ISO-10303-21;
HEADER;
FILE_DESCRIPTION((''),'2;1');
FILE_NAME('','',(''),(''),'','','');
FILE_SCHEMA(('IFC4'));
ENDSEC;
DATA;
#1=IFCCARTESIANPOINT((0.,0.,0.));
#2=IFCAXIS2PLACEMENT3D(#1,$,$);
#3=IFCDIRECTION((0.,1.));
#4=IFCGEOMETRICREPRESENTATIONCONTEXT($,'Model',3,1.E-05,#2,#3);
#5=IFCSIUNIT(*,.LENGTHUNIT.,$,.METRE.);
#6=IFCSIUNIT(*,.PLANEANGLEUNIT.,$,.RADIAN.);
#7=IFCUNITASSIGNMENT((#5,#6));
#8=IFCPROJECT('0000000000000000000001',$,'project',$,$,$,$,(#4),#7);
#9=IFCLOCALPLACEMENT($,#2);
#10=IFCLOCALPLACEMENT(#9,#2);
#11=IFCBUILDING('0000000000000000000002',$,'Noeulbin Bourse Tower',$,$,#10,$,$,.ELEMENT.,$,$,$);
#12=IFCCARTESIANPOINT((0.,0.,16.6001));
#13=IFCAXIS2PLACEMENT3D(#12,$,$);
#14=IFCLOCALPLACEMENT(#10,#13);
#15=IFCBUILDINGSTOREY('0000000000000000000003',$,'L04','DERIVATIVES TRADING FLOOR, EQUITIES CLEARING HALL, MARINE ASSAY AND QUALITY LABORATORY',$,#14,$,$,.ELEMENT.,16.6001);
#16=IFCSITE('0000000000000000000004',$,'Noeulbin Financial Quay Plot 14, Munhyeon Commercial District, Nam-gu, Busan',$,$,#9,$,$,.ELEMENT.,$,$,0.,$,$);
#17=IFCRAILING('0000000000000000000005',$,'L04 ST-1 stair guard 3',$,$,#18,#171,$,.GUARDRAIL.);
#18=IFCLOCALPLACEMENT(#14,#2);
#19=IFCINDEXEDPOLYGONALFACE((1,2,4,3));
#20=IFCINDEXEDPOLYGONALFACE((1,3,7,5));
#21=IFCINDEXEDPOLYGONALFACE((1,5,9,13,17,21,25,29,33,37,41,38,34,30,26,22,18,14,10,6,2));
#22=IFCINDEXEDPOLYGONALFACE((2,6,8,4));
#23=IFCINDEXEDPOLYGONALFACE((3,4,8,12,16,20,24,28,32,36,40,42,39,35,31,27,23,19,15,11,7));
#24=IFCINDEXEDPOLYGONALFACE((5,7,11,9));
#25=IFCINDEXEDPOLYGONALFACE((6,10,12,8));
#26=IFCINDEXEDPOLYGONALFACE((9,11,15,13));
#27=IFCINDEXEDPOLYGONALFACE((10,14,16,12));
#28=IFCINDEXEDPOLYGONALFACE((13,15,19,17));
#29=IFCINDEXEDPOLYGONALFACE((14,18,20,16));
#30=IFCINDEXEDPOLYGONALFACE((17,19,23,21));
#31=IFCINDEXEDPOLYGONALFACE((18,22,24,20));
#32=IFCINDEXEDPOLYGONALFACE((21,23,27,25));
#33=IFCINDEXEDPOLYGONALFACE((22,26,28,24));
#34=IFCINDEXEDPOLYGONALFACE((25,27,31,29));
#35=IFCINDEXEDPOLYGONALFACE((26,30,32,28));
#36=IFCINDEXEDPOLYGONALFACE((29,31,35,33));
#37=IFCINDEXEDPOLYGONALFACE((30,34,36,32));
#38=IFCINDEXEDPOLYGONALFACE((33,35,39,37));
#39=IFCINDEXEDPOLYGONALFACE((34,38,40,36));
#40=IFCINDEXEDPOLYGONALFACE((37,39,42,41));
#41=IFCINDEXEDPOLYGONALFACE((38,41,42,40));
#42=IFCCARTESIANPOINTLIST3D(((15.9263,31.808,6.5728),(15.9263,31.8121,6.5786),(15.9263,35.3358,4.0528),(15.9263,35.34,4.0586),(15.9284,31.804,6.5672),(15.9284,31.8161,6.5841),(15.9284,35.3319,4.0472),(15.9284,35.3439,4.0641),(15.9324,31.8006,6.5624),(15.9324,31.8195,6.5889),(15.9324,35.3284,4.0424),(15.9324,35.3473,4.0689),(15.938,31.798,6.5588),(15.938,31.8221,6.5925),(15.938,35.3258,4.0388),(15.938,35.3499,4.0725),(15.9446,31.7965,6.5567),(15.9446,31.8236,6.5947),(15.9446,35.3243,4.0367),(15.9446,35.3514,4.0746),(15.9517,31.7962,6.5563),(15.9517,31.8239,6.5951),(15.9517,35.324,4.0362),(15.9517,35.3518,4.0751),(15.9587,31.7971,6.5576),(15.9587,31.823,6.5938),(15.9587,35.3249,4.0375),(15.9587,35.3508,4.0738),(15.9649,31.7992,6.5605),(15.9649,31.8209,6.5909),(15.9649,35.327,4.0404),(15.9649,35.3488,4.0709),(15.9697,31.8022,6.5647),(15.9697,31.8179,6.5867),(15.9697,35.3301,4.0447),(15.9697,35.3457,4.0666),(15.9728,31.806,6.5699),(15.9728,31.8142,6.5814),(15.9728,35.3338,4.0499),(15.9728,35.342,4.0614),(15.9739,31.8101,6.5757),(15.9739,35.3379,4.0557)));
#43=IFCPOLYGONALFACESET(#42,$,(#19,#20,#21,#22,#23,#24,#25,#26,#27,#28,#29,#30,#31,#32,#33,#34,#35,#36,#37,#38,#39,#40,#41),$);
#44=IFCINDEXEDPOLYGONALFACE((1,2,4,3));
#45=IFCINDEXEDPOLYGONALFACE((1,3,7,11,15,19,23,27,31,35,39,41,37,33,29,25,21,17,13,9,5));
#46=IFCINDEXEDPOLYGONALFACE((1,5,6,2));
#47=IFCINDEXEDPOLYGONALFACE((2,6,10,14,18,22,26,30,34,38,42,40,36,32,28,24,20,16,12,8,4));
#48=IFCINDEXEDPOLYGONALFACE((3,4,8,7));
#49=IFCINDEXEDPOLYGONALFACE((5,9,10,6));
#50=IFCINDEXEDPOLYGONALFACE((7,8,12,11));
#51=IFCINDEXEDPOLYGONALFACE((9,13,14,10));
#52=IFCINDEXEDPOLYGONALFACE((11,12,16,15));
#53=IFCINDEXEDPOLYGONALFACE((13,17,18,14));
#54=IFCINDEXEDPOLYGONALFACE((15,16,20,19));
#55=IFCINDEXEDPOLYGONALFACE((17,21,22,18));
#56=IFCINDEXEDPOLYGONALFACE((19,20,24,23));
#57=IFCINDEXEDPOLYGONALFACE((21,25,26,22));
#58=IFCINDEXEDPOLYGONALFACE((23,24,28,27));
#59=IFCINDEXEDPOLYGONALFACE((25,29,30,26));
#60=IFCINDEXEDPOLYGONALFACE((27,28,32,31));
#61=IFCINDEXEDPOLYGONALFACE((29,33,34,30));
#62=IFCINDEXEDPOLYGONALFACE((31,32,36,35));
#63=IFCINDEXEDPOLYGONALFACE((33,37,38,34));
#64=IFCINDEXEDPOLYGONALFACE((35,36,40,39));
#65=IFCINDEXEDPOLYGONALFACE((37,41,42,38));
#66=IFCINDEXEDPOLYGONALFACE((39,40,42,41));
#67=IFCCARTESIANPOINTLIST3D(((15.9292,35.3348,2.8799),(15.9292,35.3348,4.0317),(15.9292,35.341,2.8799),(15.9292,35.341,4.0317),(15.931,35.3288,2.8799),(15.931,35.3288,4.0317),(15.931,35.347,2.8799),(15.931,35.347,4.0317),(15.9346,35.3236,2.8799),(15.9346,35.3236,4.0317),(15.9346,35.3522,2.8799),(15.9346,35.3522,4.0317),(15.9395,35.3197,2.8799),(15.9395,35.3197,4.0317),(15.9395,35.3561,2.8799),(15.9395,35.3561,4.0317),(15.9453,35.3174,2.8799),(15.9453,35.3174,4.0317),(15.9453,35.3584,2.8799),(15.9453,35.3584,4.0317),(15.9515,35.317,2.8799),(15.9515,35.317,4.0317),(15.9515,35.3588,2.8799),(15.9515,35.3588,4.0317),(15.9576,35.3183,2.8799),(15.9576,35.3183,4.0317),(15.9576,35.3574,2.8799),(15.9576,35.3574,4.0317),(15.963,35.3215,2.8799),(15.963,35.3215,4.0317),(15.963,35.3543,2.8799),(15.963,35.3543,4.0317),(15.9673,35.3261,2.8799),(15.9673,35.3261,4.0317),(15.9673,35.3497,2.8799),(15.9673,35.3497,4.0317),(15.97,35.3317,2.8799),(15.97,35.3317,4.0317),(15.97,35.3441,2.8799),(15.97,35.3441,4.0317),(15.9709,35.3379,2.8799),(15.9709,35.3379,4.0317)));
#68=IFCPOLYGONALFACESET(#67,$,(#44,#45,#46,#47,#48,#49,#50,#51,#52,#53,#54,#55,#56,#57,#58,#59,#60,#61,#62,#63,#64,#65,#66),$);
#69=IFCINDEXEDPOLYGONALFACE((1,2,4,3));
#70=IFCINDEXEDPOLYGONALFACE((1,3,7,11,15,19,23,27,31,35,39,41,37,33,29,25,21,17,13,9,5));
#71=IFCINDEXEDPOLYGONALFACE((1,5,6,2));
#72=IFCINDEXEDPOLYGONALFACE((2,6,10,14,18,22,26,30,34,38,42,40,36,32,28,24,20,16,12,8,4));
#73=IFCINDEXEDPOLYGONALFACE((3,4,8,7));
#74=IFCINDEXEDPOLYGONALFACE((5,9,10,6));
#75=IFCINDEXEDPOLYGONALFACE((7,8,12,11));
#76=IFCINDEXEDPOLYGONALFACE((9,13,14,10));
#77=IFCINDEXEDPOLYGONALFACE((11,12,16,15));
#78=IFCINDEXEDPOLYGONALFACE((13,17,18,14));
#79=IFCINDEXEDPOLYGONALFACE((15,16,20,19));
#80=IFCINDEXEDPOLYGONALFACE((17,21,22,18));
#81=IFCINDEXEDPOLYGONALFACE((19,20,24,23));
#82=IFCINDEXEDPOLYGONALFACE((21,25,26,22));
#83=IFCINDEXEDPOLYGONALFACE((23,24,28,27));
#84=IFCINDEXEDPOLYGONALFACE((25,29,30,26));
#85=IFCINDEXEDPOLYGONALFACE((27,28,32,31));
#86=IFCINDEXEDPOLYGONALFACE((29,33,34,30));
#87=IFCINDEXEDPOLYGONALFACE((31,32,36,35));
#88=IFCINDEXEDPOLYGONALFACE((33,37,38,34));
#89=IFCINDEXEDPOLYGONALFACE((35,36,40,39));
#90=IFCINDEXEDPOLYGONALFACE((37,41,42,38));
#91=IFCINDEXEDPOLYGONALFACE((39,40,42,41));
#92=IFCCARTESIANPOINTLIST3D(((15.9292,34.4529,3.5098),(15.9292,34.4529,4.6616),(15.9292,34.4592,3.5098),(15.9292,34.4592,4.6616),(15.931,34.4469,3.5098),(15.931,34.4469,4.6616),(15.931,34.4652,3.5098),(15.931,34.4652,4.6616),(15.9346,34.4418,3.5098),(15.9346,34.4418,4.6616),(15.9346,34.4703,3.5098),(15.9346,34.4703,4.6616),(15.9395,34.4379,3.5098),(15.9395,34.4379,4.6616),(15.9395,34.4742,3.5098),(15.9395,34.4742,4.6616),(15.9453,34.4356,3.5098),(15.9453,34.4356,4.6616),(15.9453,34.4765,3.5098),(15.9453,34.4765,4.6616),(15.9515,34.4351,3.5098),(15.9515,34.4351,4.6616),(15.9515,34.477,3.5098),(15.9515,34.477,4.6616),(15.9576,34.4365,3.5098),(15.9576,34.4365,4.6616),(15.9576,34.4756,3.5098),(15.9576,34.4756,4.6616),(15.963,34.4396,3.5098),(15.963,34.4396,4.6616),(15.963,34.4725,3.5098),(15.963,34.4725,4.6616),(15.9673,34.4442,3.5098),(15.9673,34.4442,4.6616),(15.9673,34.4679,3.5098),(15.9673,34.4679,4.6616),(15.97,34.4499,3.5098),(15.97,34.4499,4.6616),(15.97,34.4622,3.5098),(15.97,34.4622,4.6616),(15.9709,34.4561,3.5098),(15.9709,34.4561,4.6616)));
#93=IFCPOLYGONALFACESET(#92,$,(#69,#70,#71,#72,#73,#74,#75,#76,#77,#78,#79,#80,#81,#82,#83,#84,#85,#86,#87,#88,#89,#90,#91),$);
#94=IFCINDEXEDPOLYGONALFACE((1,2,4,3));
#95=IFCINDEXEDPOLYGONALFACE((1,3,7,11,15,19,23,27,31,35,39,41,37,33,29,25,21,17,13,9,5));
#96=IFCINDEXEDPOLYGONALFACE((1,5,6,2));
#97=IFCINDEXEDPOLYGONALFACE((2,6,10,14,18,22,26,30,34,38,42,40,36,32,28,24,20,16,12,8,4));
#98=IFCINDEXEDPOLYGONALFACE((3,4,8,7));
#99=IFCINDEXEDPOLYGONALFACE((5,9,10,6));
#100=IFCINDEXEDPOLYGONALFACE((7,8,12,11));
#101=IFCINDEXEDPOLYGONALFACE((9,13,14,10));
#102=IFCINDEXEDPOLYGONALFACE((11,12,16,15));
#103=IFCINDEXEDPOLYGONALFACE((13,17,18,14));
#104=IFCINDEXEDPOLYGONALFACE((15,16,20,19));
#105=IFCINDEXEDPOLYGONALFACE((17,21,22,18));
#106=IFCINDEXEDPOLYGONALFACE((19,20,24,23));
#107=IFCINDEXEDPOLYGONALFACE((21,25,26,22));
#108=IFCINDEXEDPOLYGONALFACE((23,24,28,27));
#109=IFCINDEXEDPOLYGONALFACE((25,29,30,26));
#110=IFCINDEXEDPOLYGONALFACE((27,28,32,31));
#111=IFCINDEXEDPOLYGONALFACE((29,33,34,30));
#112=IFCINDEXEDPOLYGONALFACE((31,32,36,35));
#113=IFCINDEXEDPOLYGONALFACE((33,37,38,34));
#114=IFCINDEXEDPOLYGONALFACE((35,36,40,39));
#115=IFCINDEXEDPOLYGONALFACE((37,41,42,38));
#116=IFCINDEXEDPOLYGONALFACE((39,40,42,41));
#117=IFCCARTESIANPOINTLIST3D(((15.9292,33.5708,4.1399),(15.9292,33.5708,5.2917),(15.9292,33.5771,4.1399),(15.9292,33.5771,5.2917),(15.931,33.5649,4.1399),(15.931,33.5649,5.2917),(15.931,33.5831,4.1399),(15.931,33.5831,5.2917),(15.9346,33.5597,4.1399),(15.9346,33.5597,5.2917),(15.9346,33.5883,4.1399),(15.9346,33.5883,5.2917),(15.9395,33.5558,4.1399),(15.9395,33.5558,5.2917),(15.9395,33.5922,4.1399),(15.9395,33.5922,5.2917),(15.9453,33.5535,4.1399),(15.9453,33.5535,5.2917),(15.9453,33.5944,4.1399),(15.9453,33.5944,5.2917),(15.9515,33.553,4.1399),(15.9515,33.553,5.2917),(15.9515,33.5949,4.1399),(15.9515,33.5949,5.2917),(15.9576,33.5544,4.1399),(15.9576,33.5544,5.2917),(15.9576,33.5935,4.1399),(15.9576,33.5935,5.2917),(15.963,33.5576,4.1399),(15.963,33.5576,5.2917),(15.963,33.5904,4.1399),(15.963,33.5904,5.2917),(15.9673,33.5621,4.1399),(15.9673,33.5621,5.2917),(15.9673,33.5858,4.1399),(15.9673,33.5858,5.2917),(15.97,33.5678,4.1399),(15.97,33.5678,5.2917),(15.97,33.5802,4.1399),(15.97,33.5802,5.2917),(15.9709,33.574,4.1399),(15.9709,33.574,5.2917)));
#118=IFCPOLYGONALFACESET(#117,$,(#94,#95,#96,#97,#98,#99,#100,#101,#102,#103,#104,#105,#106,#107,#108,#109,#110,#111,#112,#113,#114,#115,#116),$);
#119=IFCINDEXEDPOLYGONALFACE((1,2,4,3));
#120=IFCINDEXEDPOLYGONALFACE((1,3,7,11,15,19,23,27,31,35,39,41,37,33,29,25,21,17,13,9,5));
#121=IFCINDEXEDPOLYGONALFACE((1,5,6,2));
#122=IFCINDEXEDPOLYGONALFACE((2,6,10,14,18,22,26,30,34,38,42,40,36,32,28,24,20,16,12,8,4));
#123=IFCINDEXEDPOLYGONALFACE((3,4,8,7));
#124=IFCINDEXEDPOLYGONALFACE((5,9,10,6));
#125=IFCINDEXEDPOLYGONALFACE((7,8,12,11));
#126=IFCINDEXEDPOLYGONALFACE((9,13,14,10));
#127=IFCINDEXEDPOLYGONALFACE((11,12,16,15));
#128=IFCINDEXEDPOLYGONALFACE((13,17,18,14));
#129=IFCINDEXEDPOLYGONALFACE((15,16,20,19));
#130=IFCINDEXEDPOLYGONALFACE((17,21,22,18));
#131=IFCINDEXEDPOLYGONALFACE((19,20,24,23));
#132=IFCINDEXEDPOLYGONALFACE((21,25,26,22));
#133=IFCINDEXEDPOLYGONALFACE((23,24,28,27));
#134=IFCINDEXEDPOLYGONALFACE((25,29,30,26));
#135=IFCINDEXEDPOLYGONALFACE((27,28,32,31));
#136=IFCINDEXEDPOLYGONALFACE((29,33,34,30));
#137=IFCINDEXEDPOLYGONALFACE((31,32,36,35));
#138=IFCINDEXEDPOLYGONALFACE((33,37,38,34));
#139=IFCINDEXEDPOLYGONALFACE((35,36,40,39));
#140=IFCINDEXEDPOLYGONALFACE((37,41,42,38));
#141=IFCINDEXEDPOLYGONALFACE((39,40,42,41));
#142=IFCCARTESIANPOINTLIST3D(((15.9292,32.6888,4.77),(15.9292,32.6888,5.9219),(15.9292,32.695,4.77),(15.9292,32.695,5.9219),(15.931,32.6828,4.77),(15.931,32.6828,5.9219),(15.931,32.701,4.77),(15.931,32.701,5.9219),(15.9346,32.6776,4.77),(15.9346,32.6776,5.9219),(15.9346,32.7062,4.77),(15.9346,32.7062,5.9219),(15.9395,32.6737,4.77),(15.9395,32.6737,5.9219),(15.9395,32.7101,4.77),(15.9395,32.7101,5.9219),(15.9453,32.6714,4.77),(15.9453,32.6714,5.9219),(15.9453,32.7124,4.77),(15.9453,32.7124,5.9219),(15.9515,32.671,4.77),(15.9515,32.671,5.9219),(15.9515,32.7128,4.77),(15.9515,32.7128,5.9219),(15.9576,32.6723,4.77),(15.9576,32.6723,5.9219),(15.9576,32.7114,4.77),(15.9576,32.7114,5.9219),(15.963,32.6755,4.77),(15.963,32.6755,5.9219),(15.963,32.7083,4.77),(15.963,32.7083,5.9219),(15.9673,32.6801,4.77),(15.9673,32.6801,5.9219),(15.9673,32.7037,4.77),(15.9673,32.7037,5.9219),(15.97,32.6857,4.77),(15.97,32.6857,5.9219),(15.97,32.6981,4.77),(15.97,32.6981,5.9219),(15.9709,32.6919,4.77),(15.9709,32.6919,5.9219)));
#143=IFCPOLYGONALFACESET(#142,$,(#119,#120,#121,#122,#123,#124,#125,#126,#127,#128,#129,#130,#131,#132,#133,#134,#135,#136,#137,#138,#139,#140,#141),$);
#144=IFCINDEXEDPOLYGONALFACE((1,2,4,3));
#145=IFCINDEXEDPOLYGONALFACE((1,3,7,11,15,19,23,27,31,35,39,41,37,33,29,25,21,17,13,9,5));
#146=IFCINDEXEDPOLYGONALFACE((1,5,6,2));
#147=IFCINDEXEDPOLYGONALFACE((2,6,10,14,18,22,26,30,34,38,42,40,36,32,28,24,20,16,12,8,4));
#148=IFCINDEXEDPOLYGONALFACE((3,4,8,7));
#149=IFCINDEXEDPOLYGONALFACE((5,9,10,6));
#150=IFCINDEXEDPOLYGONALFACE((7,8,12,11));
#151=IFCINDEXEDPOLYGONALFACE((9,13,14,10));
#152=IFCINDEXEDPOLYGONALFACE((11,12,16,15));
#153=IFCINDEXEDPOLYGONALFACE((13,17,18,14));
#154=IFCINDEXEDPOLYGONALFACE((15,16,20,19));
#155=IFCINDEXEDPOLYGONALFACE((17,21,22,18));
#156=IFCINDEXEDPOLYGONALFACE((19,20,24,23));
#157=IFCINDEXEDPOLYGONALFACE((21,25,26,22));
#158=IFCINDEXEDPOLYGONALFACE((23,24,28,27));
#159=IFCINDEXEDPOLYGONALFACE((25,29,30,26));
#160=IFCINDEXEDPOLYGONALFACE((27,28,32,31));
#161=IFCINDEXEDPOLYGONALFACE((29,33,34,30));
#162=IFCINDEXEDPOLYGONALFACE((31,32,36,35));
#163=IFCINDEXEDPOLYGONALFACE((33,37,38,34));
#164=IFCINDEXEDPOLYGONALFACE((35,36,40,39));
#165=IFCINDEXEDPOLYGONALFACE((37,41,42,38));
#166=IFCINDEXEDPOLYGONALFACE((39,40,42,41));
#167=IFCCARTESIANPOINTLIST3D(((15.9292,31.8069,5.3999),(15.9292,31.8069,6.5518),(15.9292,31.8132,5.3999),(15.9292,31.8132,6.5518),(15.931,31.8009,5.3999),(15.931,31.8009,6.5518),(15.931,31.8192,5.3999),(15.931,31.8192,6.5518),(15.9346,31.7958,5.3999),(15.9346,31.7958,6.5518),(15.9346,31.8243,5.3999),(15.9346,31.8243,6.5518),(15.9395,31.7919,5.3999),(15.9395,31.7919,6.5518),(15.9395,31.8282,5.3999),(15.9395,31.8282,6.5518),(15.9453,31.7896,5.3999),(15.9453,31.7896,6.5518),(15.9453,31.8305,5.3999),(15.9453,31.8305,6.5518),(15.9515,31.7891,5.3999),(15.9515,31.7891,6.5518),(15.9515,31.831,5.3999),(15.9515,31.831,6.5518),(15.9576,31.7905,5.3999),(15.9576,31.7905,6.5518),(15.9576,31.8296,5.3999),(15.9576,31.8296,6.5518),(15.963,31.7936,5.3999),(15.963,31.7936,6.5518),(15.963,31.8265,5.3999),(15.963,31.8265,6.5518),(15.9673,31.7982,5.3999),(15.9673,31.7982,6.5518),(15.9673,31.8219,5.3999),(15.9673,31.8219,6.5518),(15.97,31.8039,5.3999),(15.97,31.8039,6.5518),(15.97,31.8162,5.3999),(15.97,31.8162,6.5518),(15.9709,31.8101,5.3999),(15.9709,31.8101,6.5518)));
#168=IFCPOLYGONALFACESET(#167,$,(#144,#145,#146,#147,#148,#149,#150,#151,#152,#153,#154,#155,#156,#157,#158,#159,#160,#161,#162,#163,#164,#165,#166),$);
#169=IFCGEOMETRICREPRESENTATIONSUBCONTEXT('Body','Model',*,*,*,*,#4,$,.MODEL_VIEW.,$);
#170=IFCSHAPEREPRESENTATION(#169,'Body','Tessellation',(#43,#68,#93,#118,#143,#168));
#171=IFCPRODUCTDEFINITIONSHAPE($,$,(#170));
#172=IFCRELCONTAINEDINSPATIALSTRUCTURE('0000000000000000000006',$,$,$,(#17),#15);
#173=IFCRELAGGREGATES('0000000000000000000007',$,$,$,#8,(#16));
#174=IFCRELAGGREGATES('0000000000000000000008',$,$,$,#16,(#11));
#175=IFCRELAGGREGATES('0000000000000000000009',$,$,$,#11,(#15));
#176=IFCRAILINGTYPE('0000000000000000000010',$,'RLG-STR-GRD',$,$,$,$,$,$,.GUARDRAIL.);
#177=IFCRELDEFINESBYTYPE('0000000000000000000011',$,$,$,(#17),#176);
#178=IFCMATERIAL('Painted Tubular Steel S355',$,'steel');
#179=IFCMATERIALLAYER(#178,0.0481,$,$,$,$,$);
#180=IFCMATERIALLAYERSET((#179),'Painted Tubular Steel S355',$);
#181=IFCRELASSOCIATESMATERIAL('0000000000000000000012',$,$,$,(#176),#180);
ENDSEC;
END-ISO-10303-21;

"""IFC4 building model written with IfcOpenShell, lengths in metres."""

from ifc_helpers import new_model, si_unit, direction, frame, origin, origin_2d, place, context, subcontext, project, spatial, circle, extrude, material, layer, layer_set, type_object, element, save


model = new_model("IFC4")

# Units and contexts
model_context = context("Model", 3, precision=1e-05, world=origin(), true_north=direction((0.0, 1.0)))
body_context = subcontext(model_context, "Body", "Model", "MODEL_VIEW")
ifc_project = project(units=[si_unit("LENGTHUNIT", "METRE"), si_unit("PLANEANGLEUNIT", "RADIAN")], contexts=[model_context])

# Site, building, storey
site_placement = place(None, origin())
site = spatial("IfcSite", under=ifc_project, at=site_placement, Name="Noeulbin Financial Quay Plot 14, Munhyeon Commercial District, Nam-gu, Busan", CompositionType="ELEMENT", RefElevation=0.0)
building_placement = place(site_placement, origin())
building = spatial("IfcBuilding", under=site, at=building_placement, Name="Noeulbin Bourse Tower", CompositionType="ELEMENT")
storey_placement = place(building_placement, frame((0.0, 0.0, 16.6001)))
storey = spatial("IfcBuildingStorey", under=building, at=storey_placement, Name="L04", Description="DERIVATIVES TRADING FLOOR, EQUITIES CLEARING HALL, MARINE ASSAY AND QUALITY LABORATORY", CompositionType="ELEMENT", Elevation=16.6001)

# Railing
ifc_material_1 = material(Name="Painted Tubular Steel S355", Category="steel")
ifc_layer_1 = layer(ifc_material_1, 0.0481)
ifc_layer_set_1 = layer_set([ifc_layer_1], Name="Painted Tubular Steel S355")
railing_type_1 = type_object("IfcRailingType", Name="RLG-STR-GRD", PredefinedType="GUARDRAIL", material=ifc_layer_set_1)
railing_1_placement = place(storey_placement, frame((15.95, 35.3379, 2.8799)))
element("IfcRailing", 1, at=railing_1_placement, inside=storey, type_object=railing_type_1, Name="L04 ST-1 stair guard 3", PredefinedType="GUARDRAIL", context=body_context, shape_type="SweptSolid", body=[
    extrude(circle(Radius=0.0239, at=origin_2d()), frame((0.0, 0.0, 1.1758), z_axis=(0.0, -0.813718, 0.58126), x_axis=(1.0, 0.0, 0.0)), (0.0, 0.0, 1.0), 4.3354),
    extrude(circle(Radius=0.021, at=origin_2d()), origin(), (0.0, 0.0, 1.0), 1.1519),
    extrude(circle(Radius=0.021, at=origin_2d()), frame((0.0, -0.8818, 0.6299)), (0.0, 0.0, 1.0), 1.1519),
    extrude(circle(Radius=0.021, at=origin_2d()), frame((0.0, -1.7639, 1.26)), (0.0, 0.0, 1.0), 1.1519),
    extrude(circle(Radius=0.021, at=origin_2d()), frame((0.0, -2.646, 1.8901)), (0.0, 0.0, 1.0), 1.1519),
    extrude(circle(Radius=0.021, at=origin_2d()), frame((0.0, -3.5278, 2.52)), (0.0, 0.0, 1.0), 1.1519),
])

save(model, "model.ifc")
